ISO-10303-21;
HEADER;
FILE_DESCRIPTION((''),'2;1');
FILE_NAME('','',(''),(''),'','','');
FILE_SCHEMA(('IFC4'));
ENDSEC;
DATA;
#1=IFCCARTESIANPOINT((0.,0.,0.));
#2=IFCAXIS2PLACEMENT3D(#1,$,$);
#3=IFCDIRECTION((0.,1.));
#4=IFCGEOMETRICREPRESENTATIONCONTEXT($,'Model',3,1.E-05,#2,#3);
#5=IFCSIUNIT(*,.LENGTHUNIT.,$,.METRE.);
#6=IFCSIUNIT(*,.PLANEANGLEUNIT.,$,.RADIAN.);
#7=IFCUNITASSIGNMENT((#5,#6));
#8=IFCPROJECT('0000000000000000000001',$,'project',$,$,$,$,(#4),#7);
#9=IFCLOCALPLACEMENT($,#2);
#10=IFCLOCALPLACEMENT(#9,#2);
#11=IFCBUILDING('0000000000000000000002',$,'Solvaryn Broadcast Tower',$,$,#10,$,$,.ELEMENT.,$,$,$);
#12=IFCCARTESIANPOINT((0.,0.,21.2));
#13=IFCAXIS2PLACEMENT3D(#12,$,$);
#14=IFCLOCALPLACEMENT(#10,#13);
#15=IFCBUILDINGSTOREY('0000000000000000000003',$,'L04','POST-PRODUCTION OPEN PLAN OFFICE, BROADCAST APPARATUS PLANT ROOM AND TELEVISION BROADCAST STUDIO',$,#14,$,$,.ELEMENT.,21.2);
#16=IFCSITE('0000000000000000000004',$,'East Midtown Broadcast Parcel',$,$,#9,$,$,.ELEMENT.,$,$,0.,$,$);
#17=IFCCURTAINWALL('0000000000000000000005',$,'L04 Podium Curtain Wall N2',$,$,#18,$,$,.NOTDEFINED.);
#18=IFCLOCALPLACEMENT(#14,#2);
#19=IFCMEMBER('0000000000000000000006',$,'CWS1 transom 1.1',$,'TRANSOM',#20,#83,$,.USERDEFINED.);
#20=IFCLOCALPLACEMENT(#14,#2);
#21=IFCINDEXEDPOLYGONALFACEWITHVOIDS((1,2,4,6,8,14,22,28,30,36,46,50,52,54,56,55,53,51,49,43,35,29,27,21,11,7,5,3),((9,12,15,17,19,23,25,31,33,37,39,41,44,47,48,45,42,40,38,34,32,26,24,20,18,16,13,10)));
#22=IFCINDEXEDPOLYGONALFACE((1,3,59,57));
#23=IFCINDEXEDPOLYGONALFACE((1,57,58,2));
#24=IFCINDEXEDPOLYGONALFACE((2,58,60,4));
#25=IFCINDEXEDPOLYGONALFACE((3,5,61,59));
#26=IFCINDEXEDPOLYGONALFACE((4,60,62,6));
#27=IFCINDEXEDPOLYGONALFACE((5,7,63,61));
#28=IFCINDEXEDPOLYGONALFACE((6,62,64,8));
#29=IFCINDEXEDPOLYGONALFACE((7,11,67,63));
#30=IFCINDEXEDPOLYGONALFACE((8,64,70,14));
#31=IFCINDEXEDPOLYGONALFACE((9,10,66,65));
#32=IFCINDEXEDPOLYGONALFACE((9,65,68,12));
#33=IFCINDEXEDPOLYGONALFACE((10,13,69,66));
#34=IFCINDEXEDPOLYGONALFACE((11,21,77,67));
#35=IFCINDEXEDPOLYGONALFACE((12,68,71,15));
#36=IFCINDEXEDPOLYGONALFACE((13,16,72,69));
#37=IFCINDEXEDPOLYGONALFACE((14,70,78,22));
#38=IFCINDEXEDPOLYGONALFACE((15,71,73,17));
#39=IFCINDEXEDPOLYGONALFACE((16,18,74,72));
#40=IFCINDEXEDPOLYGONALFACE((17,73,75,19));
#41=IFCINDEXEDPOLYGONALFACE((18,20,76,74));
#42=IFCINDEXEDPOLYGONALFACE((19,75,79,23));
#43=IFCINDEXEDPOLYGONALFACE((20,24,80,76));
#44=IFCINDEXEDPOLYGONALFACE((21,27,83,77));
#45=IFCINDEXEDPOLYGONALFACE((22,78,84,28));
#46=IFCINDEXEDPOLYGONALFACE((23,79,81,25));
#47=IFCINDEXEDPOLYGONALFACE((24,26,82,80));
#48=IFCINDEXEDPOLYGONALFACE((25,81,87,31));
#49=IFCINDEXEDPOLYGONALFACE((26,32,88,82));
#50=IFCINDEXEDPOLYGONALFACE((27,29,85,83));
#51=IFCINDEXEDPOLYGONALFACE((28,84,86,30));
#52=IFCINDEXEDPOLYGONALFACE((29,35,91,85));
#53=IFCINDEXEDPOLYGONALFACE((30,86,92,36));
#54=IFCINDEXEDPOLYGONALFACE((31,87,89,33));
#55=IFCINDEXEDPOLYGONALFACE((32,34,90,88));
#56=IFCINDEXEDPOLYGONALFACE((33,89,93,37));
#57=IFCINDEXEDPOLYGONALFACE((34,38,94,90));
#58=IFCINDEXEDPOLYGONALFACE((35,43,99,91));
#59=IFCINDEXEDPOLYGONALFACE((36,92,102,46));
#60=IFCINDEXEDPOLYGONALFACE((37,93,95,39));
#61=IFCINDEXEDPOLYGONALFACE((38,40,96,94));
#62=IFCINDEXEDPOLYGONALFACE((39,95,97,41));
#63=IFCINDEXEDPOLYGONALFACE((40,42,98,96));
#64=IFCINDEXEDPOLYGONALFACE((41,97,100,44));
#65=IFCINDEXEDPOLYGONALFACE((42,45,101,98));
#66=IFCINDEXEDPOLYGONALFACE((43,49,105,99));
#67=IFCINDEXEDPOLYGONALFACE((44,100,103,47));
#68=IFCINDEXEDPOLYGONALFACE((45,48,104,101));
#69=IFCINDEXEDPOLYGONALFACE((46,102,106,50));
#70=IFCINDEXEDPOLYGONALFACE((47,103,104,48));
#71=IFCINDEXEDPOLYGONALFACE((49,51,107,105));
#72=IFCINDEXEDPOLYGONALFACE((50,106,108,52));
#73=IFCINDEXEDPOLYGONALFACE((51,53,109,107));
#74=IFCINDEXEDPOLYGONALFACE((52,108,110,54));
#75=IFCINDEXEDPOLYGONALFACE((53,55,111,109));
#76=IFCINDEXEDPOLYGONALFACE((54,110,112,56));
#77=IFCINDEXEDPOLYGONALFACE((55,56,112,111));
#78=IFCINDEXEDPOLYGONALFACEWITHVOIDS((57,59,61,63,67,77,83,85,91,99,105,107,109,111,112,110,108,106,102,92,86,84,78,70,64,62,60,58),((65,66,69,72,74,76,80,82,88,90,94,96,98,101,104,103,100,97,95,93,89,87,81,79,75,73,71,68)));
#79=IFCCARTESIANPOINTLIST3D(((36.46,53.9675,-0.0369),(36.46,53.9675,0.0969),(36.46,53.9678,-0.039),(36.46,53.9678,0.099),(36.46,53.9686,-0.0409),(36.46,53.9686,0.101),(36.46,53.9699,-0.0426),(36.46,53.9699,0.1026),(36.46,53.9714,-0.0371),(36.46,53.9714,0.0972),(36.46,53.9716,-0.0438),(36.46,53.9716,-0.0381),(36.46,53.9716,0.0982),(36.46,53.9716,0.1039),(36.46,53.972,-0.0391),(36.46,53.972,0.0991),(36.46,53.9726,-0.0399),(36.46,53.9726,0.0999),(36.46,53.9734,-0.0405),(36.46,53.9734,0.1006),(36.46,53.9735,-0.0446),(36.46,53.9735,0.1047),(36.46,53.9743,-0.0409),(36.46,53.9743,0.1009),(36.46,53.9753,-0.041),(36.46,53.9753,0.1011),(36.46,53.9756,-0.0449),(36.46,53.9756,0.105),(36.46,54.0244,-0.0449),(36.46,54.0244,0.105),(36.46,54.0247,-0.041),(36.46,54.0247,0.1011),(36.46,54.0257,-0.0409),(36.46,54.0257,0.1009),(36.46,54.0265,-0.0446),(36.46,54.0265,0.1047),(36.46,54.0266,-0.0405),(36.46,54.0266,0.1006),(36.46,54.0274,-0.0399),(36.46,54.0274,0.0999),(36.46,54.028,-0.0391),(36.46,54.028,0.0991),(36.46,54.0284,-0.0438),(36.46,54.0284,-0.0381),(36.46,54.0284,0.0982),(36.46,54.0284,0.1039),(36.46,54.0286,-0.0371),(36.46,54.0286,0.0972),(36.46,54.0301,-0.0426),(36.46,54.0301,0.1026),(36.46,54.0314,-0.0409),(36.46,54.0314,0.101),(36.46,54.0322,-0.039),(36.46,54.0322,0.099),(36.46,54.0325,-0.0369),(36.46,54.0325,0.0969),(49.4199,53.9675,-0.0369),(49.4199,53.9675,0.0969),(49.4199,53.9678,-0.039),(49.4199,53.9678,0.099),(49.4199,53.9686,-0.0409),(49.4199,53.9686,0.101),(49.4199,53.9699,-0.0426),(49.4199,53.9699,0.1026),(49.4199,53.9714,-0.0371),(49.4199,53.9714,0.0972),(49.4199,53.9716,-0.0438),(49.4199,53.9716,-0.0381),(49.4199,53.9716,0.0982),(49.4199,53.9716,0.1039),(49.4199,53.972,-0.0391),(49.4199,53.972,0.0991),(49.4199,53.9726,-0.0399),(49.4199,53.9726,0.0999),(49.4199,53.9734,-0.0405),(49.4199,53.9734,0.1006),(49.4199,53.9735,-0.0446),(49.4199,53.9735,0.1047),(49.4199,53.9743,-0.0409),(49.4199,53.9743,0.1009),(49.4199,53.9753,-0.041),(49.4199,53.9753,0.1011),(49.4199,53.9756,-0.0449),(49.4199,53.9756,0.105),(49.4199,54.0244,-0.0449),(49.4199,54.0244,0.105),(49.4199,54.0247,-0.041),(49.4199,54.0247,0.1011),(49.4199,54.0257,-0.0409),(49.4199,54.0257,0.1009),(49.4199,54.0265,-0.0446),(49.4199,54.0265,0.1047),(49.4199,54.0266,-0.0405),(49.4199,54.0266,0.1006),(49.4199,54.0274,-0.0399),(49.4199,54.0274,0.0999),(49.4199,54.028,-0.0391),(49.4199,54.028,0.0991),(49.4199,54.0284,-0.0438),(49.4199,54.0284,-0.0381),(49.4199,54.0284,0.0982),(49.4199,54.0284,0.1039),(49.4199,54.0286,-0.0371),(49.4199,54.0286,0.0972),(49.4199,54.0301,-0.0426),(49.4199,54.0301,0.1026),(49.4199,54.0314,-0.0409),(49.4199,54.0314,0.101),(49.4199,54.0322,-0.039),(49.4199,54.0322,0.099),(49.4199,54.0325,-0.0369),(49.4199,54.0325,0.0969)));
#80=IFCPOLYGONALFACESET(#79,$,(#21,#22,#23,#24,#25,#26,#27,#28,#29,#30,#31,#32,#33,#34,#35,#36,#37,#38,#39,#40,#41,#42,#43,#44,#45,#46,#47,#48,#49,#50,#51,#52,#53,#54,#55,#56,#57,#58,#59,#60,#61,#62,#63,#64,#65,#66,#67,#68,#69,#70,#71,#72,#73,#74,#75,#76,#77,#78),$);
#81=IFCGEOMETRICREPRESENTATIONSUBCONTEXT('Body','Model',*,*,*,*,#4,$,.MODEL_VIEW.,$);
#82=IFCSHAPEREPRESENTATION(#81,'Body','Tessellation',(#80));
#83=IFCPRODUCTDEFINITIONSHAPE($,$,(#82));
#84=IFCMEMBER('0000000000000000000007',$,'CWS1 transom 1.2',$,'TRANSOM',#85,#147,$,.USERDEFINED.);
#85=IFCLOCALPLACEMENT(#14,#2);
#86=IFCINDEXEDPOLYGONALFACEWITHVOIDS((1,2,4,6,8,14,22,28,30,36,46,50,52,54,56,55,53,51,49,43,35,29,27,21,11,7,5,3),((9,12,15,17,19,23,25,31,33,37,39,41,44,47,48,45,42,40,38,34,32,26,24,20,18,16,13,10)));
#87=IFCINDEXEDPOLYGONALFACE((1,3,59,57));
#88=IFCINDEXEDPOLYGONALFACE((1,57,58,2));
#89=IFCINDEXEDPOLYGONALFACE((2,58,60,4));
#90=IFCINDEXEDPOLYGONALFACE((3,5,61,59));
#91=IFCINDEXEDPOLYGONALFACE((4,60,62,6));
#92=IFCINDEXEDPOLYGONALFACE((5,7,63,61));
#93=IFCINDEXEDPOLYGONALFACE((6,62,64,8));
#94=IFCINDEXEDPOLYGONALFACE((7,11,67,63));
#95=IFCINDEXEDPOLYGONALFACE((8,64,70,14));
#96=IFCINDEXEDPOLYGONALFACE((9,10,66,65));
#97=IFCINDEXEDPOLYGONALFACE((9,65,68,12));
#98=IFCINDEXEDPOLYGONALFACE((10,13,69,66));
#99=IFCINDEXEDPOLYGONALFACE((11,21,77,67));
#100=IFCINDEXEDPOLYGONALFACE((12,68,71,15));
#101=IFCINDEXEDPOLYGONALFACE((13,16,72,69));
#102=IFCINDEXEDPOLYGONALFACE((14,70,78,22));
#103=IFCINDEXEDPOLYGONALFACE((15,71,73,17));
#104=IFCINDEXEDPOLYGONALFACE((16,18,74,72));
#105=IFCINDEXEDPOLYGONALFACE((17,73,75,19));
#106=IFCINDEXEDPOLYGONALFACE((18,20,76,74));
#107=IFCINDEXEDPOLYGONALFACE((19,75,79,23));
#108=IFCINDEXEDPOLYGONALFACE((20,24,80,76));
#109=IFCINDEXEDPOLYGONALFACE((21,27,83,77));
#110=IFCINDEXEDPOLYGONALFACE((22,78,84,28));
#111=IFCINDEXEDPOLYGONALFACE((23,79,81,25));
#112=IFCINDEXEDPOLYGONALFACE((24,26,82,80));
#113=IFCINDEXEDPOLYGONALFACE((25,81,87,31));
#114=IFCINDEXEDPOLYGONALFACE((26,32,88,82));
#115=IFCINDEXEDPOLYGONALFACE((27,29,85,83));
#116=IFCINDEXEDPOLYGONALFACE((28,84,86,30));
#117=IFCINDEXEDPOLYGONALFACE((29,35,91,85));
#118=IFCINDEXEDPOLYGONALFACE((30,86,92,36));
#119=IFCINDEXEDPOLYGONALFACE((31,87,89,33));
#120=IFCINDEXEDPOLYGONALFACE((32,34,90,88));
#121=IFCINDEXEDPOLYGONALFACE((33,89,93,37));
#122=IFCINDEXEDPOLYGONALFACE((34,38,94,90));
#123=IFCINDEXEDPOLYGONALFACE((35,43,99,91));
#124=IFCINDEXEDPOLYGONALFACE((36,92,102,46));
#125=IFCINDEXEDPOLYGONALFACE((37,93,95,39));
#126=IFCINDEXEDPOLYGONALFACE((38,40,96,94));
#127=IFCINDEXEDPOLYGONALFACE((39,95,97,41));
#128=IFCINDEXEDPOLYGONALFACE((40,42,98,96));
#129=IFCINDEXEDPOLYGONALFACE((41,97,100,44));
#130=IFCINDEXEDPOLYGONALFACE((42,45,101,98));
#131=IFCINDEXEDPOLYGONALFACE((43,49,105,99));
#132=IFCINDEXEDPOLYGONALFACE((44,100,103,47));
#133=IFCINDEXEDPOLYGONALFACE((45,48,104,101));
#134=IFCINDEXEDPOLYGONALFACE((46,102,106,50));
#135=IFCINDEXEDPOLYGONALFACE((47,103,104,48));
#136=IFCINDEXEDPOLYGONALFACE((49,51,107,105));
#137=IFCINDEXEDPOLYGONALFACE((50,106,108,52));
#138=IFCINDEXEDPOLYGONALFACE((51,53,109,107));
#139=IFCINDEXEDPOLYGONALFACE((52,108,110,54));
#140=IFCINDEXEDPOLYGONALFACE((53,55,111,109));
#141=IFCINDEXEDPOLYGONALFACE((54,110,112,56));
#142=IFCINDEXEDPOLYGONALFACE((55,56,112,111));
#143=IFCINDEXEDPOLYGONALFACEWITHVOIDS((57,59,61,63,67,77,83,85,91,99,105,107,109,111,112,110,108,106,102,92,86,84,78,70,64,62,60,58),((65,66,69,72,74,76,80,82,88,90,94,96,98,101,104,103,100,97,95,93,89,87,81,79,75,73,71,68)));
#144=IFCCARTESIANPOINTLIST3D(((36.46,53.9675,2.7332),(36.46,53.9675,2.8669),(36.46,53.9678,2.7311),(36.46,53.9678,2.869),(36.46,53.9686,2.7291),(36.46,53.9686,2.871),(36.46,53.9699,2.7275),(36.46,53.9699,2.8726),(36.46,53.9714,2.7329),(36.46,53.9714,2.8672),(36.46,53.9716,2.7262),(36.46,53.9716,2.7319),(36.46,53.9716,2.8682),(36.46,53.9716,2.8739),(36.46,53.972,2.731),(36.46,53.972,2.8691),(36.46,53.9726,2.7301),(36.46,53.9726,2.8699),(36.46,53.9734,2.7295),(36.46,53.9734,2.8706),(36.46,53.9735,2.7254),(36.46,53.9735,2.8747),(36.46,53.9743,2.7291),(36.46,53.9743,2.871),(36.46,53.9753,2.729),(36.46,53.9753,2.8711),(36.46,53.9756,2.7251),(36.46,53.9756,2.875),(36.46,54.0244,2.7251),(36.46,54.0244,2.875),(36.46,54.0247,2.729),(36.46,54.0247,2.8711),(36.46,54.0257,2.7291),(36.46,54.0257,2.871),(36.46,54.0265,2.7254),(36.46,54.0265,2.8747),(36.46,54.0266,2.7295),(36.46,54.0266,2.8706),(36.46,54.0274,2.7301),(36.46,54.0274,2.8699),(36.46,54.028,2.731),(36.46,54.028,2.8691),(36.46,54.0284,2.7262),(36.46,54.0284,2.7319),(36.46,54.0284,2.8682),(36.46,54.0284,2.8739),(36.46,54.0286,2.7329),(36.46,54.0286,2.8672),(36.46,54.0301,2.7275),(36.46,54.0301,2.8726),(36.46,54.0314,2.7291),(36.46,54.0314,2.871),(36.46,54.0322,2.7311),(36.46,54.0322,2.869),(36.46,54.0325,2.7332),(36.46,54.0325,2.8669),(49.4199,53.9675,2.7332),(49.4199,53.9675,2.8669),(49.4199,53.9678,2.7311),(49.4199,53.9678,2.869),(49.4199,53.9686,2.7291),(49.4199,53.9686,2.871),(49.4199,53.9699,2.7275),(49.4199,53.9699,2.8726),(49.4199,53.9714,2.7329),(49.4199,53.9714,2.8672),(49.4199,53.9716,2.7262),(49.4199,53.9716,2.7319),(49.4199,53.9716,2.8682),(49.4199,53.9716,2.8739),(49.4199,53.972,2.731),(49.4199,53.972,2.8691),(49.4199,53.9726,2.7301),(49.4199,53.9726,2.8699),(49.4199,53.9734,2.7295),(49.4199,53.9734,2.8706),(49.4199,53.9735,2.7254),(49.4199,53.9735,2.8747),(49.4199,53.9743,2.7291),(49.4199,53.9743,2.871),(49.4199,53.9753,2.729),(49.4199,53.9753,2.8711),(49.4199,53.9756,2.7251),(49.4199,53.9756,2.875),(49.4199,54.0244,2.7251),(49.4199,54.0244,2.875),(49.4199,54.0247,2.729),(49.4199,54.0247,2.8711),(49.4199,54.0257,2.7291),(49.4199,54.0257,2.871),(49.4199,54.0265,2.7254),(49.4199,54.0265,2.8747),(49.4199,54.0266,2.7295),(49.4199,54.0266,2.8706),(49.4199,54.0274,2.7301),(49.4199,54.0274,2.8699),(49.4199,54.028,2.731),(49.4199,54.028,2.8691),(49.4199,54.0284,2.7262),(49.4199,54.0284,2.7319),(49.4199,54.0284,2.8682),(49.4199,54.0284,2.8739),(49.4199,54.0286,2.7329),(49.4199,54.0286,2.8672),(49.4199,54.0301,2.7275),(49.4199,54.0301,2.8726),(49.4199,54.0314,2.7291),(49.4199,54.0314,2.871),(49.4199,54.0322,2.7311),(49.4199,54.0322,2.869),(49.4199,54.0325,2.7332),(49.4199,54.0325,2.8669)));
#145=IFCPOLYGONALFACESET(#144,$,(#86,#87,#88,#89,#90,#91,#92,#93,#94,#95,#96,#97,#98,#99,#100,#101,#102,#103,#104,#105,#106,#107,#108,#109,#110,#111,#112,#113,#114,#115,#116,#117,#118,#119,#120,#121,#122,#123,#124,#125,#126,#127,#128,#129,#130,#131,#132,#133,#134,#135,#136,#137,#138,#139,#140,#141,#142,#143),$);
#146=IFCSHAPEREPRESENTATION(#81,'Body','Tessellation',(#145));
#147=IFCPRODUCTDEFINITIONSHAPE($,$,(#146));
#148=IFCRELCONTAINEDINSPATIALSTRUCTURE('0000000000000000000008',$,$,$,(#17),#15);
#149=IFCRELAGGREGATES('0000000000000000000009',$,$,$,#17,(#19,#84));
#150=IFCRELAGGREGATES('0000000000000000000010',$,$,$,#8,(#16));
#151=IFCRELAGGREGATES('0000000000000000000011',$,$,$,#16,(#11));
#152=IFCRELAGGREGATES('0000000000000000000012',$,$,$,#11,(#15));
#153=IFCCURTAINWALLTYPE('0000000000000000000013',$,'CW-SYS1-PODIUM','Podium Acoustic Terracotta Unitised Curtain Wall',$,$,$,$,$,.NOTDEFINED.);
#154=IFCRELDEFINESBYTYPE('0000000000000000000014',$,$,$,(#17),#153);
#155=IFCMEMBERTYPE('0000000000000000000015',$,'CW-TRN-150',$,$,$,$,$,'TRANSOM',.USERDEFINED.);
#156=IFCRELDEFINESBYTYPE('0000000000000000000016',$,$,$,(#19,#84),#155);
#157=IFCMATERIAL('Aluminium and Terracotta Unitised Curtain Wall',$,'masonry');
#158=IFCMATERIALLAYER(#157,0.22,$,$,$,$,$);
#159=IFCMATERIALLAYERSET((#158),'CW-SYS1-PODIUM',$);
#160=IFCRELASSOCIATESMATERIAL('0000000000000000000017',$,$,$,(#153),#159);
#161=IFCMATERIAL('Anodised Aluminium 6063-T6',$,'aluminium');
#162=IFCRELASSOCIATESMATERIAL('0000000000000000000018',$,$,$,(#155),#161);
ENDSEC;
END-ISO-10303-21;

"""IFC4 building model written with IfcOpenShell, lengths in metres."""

from ifc_helpers import new_model, si_unit, direction, frame, origin, origin_2d, place, context, subcontext, project, spatial, hollow_rectangle, extrude, material, layer, layer_set, material_profile, profile_set, type_object, element, aggregate, save


model = new_model("IFC4")

# Units and contexts
model_context = context("Model", 3, precision=1e-05, world=origin(), true_north=direction((0.0, 1.0)))
body_context = subcontext(model_context, "Body", "Model", "MODEL_VIEW")
ifc_project = project(units=[si_unit("LENGTHUNIT", "METRE"), si_unit("PLANEANGLEUNIT", "RADIAN")], contexts=[model_context])

# Site, building, storey
site_placement = place(None, origin())
site = spatial("IfcSite", under=ifc_project, at=site_placement, Name="East Midtown Broadcast Parcel", CompositionType="ELEMENT", RefElevation=0.0)
building_placement = place(site_placement, origin())
building = spatial("IfcBuilding", under=site, at=building_placement, Name="Solvaryn Broadcast Tower", CompositionType="ELEMENT")
storey_placement = place(building_placement, frame((0.0, 0.0, 21.2)))
storey = spatial("IfcBuildingStorey", under=building, at=storey_placement, Name="L04", Description="POST-PRODUCTION OPEN PLAN OFFICE, BROADCAST APPARATUS PLANT ROOM AND TELEVISION BROADCAST STUDIO", CompositionType="ELEMENT", Elevation=21.2)

# Shared definitions
ifc_material_1 = material(Name="Aluminium and Terracotta Unitised Curtain Wall", Category="masonry")
ifc_layer_1 = layer(ifc_material_1, 0.22)
ifc_layer_set_1 = layer_set([ifc_layer_1], Name="CW-SYS1-PODIUM")
curtain_wall_type = type_object("IfcCurtainWallType", Name="CW-SYS1-PODIUM", Description="Podium Acoustic Terracotta Unitised Curtain Wall", PredefinedType="NOTDEFINED", material=ifc_layer_set_1)

# Curtain wall, members
curtain_wall_1_placement = place(storey_placement, origin())
curtain_wall_1 = element("IfcCurtainWall", 1, at=curtain_wall_1_placement, inside=storey, type_object=curtain_wall_type, Name="L04 Podium Curtain Wall N2", PredefinedType="NOTDEFINED")
ifc_material_2 = material(Name="Anodised Aluminium 6063-T6", Category="aluminium")
ifc_material_profile_1 = material_profile(ifc_material_2, hollow_rectangle(XDim=0.0649, YDim=0.1499, WallThickness=0.0039, InnerFilletRadius=0.0039, OuterFilletRadius=0.0081, at=origin_2d()))
ifc_profile_set_1 = profile_set([ifc_material_profile_1], Name="Anodised Aluminium 6063-T6")
member_type_1 = type_object("IfcMemberType", Name="CW-TRN-150", ElementType="TRANSOM", PredefinedType="USERDEFINED", material=ifc_profile_set_1)
member_1_placement = place(storey_placement, frame((36.46, 54.0, 0.03), z_axis=(1.0, 0.0, 0.0), x_axis=(0.0, 1.0, 0.0)))
member_1 = element("IfcMember", 2, at=member_1_placement, type_object=member_type_1, Name="CWS1 transom 1.1", ObjectType="TRANSOM", PredefinedType="USERDEFINED", context=body_context, shape_type="SweptSolid", body=[
    extrude(hollow_rectangle(XDim=0.0649, YDim=0.1499, WallThickness=0.0039, InnerFilletRadius=0.0039, OuterFilletRadius=0.0081, at=origin_2d()), origin(), (0.0, 0.0, 1.0), 12.96),
])
member_2_placement = place(storey_placement, frame((36.46, 54.0, 2.8), z_axis=(1.0, 0.0, 0.0), x_axis=(0.0, 1.0, 0.0)))
member_2 = element("IfcMember", 3, at=member_2_placement, type_object=member_type_1, Name="CWS1 transom 1.2", ObjectType="TRANSOM", PredefinedType="USERDEFINED", context=body_context, shape_type="SweptSolid", body=[
    extrude(hollow_rectangle(XDim=0.0649, YDim=0.1499, WallThickness=0.0039, InnerFilletRadius=0.0039, OuterFilletRadius=0.0081, at=origin_2d()), origin(), (0.0, 0.0, 1.0), 12.96),
])
aggregate(curtain_wall_1, [member_1, member_2])

save(model, "model.ifc")
